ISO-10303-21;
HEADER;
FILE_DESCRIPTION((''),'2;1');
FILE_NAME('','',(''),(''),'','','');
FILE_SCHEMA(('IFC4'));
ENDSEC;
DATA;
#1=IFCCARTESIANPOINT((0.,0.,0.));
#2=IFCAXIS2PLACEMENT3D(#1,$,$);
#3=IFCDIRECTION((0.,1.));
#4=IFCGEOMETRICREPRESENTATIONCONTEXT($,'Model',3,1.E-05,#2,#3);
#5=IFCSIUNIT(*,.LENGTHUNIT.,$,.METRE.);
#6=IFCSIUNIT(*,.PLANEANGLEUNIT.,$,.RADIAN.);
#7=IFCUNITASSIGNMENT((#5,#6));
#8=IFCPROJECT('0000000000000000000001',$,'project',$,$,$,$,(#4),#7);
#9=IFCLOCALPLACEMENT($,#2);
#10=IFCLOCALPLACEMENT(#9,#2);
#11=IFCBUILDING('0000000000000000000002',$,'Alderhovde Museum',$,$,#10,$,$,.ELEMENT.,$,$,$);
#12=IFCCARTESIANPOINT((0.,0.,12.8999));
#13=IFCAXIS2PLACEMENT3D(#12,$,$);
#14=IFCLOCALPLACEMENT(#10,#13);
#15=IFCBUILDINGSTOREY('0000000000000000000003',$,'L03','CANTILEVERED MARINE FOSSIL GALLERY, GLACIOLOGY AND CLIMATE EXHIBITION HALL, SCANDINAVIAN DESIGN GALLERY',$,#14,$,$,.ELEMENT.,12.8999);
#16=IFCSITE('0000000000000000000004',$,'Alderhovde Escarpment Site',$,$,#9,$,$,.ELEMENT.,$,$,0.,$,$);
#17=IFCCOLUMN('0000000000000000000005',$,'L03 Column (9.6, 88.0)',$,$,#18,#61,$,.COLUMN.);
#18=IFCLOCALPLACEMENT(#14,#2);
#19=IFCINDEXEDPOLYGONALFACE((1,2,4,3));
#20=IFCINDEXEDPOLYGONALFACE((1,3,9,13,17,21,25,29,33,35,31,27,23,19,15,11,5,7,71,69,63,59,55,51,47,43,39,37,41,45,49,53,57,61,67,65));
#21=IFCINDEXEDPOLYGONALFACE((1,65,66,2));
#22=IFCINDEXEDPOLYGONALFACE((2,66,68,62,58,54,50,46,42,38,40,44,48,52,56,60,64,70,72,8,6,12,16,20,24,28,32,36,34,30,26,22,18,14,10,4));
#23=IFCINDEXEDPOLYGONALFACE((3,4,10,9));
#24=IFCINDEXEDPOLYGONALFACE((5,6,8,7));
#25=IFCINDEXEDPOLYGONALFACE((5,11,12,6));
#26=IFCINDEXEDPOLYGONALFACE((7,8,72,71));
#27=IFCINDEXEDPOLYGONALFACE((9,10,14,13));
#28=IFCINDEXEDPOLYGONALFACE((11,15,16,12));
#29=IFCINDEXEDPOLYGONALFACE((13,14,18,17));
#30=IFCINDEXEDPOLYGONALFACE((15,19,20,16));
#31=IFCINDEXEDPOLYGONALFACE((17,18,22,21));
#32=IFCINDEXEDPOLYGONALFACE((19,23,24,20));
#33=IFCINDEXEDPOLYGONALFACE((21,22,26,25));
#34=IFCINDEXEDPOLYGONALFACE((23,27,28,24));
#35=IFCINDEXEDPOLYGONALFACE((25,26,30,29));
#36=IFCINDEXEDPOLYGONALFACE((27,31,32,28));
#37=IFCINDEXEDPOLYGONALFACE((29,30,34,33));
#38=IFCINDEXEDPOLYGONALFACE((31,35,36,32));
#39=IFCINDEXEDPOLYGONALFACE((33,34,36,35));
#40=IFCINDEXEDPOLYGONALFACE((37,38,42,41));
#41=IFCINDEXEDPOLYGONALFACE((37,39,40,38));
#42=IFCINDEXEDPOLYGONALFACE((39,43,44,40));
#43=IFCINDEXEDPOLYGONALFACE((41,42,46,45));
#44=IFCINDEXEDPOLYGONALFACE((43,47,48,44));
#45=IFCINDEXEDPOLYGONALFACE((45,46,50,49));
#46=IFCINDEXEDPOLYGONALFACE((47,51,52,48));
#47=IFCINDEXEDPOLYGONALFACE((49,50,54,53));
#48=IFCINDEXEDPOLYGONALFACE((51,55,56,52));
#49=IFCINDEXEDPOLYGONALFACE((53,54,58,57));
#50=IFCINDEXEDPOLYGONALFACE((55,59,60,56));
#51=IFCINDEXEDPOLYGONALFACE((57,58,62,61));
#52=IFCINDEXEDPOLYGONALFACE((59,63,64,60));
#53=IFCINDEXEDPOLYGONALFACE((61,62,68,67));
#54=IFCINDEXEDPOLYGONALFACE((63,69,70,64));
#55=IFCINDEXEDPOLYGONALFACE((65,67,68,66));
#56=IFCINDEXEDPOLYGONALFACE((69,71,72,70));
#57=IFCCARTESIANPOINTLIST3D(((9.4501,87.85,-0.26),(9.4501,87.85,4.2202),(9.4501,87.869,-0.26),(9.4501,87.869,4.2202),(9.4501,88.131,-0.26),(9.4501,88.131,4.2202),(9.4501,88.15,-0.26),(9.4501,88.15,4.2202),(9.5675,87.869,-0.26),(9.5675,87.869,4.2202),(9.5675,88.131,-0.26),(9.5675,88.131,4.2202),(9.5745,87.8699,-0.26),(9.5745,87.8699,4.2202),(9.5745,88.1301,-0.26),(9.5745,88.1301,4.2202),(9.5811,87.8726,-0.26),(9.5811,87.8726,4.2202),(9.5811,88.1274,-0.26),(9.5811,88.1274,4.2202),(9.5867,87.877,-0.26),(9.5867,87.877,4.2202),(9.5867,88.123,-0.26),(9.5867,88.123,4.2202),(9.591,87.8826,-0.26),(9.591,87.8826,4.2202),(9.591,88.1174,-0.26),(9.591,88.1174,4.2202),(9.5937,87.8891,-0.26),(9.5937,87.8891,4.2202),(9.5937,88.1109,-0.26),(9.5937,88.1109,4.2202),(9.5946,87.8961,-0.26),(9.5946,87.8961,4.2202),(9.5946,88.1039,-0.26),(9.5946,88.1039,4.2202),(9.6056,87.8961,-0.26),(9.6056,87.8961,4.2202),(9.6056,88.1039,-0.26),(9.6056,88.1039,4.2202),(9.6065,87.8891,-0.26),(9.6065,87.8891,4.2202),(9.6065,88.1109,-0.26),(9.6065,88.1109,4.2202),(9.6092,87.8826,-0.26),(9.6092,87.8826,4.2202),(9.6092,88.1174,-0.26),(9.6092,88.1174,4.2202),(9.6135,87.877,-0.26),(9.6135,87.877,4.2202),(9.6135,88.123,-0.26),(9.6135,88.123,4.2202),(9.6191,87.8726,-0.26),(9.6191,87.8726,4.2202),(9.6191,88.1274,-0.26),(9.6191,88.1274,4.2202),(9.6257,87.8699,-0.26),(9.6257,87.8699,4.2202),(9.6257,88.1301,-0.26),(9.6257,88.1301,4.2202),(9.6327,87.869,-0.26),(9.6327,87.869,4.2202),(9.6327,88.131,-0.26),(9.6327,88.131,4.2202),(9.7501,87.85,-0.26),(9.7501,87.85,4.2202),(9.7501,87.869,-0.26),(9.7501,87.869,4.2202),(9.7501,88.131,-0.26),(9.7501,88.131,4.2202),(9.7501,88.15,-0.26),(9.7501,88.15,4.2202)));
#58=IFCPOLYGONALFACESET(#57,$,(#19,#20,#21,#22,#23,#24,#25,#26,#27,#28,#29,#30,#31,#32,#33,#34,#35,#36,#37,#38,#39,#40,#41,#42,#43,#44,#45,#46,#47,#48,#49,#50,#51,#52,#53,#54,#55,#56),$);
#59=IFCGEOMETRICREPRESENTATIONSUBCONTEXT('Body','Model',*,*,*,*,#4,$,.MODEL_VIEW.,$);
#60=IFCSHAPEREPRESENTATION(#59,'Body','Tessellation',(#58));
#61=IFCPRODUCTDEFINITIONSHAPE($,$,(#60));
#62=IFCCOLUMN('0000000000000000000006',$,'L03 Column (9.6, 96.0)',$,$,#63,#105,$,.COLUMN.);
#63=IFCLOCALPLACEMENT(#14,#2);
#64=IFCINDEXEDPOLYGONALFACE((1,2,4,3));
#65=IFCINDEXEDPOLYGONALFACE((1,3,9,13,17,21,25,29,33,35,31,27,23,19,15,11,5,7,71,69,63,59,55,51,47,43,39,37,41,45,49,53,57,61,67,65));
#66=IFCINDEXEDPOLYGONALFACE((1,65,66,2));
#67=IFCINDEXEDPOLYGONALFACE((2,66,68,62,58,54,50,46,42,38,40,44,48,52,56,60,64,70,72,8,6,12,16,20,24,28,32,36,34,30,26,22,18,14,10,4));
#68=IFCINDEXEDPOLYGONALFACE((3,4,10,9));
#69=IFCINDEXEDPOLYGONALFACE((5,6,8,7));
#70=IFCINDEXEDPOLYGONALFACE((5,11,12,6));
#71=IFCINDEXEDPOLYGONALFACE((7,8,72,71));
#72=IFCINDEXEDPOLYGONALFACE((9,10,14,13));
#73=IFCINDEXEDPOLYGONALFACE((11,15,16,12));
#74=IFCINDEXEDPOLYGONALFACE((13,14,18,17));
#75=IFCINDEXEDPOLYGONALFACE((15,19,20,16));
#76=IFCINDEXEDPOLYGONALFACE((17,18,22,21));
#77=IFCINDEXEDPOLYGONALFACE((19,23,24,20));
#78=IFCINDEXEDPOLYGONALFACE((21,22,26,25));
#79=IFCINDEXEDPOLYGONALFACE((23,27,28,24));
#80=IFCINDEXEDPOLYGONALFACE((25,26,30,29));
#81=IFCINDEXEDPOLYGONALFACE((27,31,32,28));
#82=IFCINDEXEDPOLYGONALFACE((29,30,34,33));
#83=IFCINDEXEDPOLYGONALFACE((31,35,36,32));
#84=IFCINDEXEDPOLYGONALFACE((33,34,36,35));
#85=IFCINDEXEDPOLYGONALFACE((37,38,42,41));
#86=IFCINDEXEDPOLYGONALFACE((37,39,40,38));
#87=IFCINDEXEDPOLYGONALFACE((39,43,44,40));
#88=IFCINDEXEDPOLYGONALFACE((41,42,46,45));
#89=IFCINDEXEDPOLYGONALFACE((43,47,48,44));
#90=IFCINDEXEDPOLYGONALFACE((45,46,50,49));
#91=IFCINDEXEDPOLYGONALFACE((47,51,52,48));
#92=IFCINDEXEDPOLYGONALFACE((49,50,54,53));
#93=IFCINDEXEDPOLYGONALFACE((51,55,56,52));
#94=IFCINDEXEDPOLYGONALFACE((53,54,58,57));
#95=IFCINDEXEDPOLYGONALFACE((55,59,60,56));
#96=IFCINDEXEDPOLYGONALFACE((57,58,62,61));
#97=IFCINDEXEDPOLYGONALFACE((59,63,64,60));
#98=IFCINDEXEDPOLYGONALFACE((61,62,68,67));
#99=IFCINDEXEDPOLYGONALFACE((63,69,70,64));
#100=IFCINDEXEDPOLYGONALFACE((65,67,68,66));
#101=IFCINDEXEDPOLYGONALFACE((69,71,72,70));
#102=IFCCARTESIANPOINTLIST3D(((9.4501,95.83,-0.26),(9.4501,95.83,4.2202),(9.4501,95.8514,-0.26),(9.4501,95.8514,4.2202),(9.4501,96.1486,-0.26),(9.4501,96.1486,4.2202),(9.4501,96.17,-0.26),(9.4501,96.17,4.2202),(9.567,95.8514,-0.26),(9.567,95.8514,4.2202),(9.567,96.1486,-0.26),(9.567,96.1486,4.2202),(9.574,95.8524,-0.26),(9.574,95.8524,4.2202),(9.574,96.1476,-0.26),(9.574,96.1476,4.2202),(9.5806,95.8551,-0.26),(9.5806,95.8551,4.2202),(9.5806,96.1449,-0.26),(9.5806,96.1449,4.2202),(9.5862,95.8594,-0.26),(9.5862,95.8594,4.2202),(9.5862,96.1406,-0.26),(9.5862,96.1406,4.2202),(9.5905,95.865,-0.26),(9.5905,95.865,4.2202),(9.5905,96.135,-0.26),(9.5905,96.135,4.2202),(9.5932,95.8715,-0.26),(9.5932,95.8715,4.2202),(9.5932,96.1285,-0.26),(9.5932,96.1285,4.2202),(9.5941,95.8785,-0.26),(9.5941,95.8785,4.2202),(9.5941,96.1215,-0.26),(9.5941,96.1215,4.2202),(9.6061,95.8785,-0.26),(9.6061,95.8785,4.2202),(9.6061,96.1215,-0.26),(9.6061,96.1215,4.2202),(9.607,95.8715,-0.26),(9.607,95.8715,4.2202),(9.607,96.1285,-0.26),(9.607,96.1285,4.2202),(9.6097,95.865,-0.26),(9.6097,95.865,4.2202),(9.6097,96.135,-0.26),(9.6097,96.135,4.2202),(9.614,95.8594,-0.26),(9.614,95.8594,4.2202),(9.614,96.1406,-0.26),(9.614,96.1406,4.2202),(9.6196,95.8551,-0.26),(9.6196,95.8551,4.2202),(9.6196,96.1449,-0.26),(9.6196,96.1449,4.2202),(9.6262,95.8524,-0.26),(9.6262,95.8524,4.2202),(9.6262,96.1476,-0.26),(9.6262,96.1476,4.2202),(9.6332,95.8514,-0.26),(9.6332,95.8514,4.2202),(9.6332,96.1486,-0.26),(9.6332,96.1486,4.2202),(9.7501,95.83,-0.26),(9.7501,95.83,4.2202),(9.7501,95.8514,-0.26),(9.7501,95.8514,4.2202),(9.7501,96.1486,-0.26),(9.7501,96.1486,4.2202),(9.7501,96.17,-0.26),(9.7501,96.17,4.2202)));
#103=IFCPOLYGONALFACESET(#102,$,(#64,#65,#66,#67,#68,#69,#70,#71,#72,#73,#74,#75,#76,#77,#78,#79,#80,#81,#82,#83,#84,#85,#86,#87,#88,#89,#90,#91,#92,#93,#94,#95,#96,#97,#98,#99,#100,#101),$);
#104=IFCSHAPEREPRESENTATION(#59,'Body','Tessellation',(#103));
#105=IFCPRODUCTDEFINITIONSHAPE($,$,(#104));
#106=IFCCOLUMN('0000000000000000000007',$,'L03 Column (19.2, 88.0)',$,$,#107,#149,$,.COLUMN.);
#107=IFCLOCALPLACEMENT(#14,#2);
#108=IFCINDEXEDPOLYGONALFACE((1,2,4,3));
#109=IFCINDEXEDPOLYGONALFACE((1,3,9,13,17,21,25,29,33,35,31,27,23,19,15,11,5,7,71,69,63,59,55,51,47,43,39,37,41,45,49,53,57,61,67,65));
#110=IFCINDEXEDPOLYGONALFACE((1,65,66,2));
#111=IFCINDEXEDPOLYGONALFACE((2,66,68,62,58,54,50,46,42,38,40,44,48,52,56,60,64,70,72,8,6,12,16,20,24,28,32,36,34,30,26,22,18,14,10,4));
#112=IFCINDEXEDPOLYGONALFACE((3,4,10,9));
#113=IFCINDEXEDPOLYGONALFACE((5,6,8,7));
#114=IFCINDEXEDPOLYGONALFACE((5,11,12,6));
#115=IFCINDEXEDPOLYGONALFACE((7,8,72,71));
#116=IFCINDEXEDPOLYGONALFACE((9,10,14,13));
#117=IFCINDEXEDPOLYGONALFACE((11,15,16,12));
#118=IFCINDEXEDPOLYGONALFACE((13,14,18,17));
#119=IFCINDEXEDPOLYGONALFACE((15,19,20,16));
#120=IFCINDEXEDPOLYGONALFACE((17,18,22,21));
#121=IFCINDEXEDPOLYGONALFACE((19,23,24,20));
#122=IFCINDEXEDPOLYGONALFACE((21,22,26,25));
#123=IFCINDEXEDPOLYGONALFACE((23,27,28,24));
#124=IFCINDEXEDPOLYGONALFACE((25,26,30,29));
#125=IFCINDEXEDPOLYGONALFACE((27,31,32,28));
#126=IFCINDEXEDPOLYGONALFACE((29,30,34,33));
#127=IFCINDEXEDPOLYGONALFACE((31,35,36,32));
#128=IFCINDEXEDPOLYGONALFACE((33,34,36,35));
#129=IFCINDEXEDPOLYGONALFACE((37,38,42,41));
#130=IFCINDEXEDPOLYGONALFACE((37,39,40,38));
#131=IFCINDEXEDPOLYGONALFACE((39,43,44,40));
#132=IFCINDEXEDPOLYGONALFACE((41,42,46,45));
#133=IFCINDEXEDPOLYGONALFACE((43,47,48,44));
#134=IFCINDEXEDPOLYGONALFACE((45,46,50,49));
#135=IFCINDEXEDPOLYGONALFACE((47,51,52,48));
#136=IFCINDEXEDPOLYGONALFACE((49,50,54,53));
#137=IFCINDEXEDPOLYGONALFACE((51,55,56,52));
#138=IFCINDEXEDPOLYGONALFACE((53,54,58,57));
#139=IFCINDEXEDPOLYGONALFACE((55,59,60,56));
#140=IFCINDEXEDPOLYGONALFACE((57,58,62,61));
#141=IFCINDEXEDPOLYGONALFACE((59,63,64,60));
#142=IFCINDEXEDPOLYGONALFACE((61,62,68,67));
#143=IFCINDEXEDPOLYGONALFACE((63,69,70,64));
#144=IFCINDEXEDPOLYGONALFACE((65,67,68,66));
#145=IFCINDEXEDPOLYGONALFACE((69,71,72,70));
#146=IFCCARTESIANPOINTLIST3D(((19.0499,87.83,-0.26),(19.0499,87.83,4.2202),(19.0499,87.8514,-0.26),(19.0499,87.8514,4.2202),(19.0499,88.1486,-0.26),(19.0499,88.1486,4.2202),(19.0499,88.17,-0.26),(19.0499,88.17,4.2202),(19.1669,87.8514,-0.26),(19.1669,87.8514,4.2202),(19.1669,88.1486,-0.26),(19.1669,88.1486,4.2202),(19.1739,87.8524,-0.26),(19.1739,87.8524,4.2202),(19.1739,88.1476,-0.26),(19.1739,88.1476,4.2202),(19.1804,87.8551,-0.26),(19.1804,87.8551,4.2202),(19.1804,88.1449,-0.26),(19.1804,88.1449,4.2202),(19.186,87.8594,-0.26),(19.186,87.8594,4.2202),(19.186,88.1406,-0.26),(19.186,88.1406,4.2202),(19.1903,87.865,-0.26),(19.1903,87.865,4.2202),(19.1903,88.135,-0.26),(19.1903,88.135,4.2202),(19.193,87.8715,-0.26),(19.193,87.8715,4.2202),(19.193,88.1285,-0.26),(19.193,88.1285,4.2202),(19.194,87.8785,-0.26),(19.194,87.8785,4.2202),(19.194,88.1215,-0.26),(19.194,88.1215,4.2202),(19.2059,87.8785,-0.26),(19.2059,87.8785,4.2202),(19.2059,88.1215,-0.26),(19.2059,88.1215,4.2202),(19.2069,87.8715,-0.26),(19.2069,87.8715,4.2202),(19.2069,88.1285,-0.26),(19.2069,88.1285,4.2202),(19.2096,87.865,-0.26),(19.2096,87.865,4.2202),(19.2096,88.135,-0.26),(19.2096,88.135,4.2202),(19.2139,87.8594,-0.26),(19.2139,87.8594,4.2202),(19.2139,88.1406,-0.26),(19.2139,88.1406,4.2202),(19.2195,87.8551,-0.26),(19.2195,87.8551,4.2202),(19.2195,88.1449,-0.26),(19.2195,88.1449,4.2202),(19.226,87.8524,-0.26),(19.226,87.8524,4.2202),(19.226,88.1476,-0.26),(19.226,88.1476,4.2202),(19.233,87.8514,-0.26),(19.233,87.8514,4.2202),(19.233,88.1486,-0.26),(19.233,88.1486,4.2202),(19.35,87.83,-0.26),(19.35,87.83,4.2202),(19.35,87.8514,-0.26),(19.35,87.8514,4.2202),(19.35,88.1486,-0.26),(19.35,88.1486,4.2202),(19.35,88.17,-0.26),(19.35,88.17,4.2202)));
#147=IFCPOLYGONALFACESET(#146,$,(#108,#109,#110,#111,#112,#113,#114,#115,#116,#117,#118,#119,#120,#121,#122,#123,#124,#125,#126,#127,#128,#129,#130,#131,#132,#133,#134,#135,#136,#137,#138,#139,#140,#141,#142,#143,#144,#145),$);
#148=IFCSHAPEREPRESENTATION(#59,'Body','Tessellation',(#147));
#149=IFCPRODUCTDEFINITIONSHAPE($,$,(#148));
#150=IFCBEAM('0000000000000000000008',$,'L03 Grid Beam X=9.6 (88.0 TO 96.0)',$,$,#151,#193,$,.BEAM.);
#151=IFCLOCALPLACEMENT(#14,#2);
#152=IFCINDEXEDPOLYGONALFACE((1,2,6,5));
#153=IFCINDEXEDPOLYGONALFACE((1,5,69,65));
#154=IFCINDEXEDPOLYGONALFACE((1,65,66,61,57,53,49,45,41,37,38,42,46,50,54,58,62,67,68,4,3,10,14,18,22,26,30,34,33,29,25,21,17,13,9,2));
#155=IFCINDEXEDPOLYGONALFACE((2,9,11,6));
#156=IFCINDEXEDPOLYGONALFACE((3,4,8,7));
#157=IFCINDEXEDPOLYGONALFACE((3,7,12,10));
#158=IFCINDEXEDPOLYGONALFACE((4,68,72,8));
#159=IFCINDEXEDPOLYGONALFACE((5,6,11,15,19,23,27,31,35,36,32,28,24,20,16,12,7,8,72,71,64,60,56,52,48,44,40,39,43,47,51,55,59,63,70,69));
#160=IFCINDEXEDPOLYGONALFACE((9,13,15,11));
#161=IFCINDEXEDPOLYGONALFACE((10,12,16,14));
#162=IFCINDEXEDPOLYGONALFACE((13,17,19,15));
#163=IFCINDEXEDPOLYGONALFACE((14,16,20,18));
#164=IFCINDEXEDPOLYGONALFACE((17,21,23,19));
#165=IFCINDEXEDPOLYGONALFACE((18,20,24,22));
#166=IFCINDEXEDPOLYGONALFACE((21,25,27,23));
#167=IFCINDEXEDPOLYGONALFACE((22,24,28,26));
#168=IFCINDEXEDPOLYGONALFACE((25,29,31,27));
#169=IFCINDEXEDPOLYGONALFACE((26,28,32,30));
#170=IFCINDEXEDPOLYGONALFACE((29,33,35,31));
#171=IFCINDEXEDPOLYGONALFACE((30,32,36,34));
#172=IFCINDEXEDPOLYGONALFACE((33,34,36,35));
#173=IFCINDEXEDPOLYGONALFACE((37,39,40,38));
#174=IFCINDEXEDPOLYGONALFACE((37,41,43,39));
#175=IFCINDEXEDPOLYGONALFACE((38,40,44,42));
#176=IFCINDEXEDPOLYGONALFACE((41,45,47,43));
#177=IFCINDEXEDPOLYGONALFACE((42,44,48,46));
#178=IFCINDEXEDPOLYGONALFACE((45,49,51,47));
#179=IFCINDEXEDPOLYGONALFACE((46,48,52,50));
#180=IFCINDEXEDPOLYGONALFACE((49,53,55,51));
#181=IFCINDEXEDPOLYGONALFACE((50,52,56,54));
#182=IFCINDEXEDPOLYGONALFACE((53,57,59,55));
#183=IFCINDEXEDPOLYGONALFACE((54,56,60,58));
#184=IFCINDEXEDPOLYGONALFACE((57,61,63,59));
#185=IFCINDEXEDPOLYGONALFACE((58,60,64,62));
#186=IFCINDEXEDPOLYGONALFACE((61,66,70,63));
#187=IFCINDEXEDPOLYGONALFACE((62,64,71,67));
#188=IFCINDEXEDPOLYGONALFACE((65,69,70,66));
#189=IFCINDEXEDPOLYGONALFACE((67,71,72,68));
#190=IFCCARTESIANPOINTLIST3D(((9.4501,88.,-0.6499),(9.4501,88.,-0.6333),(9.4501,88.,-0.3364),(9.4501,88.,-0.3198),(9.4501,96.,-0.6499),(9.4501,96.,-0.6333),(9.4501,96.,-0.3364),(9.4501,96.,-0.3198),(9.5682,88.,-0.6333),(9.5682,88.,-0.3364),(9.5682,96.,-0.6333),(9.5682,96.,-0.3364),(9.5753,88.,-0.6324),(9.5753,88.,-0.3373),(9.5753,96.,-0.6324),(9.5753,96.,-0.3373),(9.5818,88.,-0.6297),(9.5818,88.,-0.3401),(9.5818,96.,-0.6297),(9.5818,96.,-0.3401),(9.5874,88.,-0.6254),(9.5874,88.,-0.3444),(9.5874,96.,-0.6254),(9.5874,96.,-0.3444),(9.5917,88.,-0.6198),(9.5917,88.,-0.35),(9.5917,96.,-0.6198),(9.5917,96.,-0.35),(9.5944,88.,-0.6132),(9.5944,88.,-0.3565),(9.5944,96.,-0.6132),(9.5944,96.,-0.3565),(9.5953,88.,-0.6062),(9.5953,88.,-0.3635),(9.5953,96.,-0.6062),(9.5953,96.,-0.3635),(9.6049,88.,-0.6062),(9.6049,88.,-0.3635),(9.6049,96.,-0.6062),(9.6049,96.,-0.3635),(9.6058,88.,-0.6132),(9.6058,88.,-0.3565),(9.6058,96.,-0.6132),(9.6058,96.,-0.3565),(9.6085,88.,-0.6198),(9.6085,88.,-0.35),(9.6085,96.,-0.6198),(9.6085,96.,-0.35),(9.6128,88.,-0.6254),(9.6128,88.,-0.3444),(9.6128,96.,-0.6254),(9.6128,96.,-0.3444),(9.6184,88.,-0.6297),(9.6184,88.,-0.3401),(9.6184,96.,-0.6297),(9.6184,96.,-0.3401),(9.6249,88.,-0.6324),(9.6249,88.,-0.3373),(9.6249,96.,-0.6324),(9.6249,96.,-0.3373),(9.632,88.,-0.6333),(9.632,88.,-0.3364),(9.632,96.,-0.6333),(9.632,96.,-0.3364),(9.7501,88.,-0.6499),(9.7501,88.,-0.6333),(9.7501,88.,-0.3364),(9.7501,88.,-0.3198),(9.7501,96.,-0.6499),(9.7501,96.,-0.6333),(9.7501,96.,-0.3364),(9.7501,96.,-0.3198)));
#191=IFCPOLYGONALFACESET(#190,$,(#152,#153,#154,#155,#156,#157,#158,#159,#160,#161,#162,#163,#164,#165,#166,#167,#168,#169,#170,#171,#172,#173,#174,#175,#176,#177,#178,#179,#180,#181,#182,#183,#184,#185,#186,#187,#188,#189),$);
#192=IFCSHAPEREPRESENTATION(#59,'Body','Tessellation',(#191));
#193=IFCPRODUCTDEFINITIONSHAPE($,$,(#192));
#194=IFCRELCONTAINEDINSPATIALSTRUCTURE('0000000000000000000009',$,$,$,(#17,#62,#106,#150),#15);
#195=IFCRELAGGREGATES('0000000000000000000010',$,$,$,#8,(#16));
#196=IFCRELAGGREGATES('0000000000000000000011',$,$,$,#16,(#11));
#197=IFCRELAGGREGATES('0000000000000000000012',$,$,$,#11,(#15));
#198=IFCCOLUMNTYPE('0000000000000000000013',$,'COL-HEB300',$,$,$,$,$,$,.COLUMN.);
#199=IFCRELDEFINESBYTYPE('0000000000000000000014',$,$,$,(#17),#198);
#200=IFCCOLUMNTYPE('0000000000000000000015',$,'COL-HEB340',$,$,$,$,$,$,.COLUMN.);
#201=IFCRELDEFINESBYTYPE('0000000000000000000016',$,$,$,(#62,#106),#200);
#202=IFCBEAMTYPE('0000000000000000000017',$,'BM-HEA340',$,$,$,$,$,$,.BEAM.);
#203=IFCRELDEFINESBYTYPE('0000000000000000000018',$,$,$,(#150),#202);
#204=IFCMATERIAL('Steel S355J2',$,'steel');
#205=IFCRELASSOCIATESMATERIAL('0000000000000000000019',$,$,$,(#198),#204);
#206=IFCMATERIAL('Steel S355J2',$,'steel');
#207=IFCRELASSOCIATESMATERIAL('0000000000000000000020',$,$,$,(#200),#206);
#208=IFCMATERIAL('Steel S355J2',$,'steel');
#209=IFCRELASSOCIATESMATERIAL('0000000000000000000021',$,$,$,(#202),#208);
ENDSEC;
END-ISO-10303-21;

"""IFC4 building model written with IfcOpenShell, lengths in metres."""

from ifc_helpers import new_model, si_unit, direction, frame, origin, origin_2d, place, context, subcontext, project, spatial, i_section, extrude, material, material_profile, profile_set, type_object, element, save


model = new_model("IFC4")

# Units and contexts
model_context = context("Model", 3, precision=1e-05, world=origin(), true_north=direction((0.0, 1.0)))
body_context = subcontext(model_context, "Body", "Model", "MODEL_VIEW")
ifc_project = project(units=[si_unit("LENGTHUNIT", "METRE"), si_unit("PLANEANGLEUNIT", "RADIAN")], contexts=[model_context])

# Site, building, storey
site_placement = place(None, origin())
site = spatial("IfcSite", under=ifc_project, at=site_placement, Name="Alderhovde Escarpment Site", CompositionType="ELEMENT", RefElevation=0.0)
building_placement = place(site_placement, origin())
building = spatial("IfcBuilding", under=site, at=building_placement, Name="Alderhovde Museum", CompositionType="ELEMENT")
storey_placement = place(building_placement, frame((0.0, 0.0, 12.8999)))
storey = spatial("IfcBuildingStorey", under=building, at=storey_placement, Name="L03", Description="CANTILEVERED MARINE FOSSIL GALLERY, GLACIOLOGY AND CLIMATE EXHIBITION HALL, SCANDINAVIAN DESIGN GALLERY", CompositionType="ELEMENT", Elevation=12.8999)

# Columns
ifc_material_1 = material(Name="Steel S355J2", Category="steel")
ifc_material_profile_1 = material_profile(ifc_material_1, i_section(OverallWidth=0.3, OverallDepth=0.3, WebThickness=0.011, FlangeThickness=0.019, FilletRadius=0.0271, at=origin_2d()), Name="HEB 300")
ifc_profile_set_1 = profile_set([ifc_material_profile_1], Name="Steel S355J2")
column_type_1 = type_object("IfcColumnType", Name="COL-HEB300", PredefinedType="COLUMN", material=ifc_profile_set_1)
column_placement = place(storey_placement, frame((9.6001, 88.0, -0.26), z_axis=(0.0, 0.0, 1.0), x_axis=(1.0, 0.0, 0.0)))
element("IfcColumn", 1, at=column_placement, inside=storey, type_object=column_type_1, Name="L03 Column (9.6, 88.0)", PredefinedType="COLUMN", context=body_context, shape_type="SweptSolid", body=[
    extrude(i_section(OverallWidth=0.3, OverallDepth=0.3, WebThickness=0.011, FlangeThickness=0.019, FilletRadius=0.0271, at=origin_2d()), origin(), (0.0, 0.0, 1.0), 4.4802),
])
ifc_material_2 = material(Name="Steel S355J2", Category="steel")
ifc_material_profile_2 = material_profile(ifc_material_2, i_section(OverallWidth=0.3, OverallDepth=0.3401, WebThickness=0.012, FlangeThickness=0.0215, FilletRadius=0.0271, at=origin_2d()), Name="HEB 340")
ifc_profile_set_2 = profile_set([ifc_material_profile_2], Name="Steel S355J2")
column_type_2 = type_object("IfcColumnType", Name="COL-HEB340", PredefinedType="COLUMN", material=ifc_profile_set_2)
for number, where, z_axis, x_axis, name in (
    (2, (9.6001, 96.0, -0.26), (0.0, 0.0, 1.0), (1.0, 0.0, 0.0), "L03 Column (9.6, 96.0)"),
    (3, (19.2, 88.0, -0.26), (0.0, 0.0, 1.0), (1.0, 0.0, 0.0), "L03 Column (19.2, 88.0)"),
):
    element("IfcColumn", number, at=place(storey_placement, frame(where, z_axis=z_axis, x_axis=x_axis)), inside=storey, type_object=column_type_2, Name=name, PredefinedType="COLUMN", context=body_context, shape_type="SweptSolid", body=[
        extrude(i_section(OverallWidth=0.3, OverallDepth=0.3401, WebThickness=0.012, FlangeThickness=0.0215, FilletRadius=0.0271, at=origin_2d()), origin(), (0.0, 0.0, 1.0), 4.4802),
    ])

# Beam
ifc_material_3 = material(Name="Steel S355J2", Category="steel")
ifc_material_profile_3 = material_profile(ifc_material_3, i_section(OverallWidth=0.3, OverallDepth=0.3301, WebThickness=0.0095, FlangeThickness=0.0166, FilletRadius=0.0271, at=origin_2d()), Name="HEA 340")
ifc_profile_set_3 = profile_set([ifc_material_profile_3], Name="Steel S355J2")
beam_type_1 = type_object("IfcBeamType", Name="BM-HEA340", PredefinedType="BEAM", material=ifc_profile_set_3)
for number, where, z_axis, x_axis, name in (
    (4, (9.6001, 88.0, -0.4849), (0.0, 1.0, 0.0), (-1.0, 0.0, 0.0), "L03 Grid Beam X=9.6 (88.0 TO 96.0)"),
):
    element("IfcBeam", number, at=place(storey_placement, frame(where, z_axis=z_axis, x_axis=x_axis)), inside=storey, type_object=beam_type_1, Name=name, PredefinedType="BEAM", context=body_context, shape_type="SweptSolid", body=[
        extrude(i_section(OverallWidth=0.3, OverallDepth=0.3301, WebThickness=0.0095, FlangeThickness=0.0166, FilletRadius=0.0271, at=origin_2d()), origin(), (0.0, 0.0, 1.0), 8.0),
    ])

save(model, "model.ifc")
